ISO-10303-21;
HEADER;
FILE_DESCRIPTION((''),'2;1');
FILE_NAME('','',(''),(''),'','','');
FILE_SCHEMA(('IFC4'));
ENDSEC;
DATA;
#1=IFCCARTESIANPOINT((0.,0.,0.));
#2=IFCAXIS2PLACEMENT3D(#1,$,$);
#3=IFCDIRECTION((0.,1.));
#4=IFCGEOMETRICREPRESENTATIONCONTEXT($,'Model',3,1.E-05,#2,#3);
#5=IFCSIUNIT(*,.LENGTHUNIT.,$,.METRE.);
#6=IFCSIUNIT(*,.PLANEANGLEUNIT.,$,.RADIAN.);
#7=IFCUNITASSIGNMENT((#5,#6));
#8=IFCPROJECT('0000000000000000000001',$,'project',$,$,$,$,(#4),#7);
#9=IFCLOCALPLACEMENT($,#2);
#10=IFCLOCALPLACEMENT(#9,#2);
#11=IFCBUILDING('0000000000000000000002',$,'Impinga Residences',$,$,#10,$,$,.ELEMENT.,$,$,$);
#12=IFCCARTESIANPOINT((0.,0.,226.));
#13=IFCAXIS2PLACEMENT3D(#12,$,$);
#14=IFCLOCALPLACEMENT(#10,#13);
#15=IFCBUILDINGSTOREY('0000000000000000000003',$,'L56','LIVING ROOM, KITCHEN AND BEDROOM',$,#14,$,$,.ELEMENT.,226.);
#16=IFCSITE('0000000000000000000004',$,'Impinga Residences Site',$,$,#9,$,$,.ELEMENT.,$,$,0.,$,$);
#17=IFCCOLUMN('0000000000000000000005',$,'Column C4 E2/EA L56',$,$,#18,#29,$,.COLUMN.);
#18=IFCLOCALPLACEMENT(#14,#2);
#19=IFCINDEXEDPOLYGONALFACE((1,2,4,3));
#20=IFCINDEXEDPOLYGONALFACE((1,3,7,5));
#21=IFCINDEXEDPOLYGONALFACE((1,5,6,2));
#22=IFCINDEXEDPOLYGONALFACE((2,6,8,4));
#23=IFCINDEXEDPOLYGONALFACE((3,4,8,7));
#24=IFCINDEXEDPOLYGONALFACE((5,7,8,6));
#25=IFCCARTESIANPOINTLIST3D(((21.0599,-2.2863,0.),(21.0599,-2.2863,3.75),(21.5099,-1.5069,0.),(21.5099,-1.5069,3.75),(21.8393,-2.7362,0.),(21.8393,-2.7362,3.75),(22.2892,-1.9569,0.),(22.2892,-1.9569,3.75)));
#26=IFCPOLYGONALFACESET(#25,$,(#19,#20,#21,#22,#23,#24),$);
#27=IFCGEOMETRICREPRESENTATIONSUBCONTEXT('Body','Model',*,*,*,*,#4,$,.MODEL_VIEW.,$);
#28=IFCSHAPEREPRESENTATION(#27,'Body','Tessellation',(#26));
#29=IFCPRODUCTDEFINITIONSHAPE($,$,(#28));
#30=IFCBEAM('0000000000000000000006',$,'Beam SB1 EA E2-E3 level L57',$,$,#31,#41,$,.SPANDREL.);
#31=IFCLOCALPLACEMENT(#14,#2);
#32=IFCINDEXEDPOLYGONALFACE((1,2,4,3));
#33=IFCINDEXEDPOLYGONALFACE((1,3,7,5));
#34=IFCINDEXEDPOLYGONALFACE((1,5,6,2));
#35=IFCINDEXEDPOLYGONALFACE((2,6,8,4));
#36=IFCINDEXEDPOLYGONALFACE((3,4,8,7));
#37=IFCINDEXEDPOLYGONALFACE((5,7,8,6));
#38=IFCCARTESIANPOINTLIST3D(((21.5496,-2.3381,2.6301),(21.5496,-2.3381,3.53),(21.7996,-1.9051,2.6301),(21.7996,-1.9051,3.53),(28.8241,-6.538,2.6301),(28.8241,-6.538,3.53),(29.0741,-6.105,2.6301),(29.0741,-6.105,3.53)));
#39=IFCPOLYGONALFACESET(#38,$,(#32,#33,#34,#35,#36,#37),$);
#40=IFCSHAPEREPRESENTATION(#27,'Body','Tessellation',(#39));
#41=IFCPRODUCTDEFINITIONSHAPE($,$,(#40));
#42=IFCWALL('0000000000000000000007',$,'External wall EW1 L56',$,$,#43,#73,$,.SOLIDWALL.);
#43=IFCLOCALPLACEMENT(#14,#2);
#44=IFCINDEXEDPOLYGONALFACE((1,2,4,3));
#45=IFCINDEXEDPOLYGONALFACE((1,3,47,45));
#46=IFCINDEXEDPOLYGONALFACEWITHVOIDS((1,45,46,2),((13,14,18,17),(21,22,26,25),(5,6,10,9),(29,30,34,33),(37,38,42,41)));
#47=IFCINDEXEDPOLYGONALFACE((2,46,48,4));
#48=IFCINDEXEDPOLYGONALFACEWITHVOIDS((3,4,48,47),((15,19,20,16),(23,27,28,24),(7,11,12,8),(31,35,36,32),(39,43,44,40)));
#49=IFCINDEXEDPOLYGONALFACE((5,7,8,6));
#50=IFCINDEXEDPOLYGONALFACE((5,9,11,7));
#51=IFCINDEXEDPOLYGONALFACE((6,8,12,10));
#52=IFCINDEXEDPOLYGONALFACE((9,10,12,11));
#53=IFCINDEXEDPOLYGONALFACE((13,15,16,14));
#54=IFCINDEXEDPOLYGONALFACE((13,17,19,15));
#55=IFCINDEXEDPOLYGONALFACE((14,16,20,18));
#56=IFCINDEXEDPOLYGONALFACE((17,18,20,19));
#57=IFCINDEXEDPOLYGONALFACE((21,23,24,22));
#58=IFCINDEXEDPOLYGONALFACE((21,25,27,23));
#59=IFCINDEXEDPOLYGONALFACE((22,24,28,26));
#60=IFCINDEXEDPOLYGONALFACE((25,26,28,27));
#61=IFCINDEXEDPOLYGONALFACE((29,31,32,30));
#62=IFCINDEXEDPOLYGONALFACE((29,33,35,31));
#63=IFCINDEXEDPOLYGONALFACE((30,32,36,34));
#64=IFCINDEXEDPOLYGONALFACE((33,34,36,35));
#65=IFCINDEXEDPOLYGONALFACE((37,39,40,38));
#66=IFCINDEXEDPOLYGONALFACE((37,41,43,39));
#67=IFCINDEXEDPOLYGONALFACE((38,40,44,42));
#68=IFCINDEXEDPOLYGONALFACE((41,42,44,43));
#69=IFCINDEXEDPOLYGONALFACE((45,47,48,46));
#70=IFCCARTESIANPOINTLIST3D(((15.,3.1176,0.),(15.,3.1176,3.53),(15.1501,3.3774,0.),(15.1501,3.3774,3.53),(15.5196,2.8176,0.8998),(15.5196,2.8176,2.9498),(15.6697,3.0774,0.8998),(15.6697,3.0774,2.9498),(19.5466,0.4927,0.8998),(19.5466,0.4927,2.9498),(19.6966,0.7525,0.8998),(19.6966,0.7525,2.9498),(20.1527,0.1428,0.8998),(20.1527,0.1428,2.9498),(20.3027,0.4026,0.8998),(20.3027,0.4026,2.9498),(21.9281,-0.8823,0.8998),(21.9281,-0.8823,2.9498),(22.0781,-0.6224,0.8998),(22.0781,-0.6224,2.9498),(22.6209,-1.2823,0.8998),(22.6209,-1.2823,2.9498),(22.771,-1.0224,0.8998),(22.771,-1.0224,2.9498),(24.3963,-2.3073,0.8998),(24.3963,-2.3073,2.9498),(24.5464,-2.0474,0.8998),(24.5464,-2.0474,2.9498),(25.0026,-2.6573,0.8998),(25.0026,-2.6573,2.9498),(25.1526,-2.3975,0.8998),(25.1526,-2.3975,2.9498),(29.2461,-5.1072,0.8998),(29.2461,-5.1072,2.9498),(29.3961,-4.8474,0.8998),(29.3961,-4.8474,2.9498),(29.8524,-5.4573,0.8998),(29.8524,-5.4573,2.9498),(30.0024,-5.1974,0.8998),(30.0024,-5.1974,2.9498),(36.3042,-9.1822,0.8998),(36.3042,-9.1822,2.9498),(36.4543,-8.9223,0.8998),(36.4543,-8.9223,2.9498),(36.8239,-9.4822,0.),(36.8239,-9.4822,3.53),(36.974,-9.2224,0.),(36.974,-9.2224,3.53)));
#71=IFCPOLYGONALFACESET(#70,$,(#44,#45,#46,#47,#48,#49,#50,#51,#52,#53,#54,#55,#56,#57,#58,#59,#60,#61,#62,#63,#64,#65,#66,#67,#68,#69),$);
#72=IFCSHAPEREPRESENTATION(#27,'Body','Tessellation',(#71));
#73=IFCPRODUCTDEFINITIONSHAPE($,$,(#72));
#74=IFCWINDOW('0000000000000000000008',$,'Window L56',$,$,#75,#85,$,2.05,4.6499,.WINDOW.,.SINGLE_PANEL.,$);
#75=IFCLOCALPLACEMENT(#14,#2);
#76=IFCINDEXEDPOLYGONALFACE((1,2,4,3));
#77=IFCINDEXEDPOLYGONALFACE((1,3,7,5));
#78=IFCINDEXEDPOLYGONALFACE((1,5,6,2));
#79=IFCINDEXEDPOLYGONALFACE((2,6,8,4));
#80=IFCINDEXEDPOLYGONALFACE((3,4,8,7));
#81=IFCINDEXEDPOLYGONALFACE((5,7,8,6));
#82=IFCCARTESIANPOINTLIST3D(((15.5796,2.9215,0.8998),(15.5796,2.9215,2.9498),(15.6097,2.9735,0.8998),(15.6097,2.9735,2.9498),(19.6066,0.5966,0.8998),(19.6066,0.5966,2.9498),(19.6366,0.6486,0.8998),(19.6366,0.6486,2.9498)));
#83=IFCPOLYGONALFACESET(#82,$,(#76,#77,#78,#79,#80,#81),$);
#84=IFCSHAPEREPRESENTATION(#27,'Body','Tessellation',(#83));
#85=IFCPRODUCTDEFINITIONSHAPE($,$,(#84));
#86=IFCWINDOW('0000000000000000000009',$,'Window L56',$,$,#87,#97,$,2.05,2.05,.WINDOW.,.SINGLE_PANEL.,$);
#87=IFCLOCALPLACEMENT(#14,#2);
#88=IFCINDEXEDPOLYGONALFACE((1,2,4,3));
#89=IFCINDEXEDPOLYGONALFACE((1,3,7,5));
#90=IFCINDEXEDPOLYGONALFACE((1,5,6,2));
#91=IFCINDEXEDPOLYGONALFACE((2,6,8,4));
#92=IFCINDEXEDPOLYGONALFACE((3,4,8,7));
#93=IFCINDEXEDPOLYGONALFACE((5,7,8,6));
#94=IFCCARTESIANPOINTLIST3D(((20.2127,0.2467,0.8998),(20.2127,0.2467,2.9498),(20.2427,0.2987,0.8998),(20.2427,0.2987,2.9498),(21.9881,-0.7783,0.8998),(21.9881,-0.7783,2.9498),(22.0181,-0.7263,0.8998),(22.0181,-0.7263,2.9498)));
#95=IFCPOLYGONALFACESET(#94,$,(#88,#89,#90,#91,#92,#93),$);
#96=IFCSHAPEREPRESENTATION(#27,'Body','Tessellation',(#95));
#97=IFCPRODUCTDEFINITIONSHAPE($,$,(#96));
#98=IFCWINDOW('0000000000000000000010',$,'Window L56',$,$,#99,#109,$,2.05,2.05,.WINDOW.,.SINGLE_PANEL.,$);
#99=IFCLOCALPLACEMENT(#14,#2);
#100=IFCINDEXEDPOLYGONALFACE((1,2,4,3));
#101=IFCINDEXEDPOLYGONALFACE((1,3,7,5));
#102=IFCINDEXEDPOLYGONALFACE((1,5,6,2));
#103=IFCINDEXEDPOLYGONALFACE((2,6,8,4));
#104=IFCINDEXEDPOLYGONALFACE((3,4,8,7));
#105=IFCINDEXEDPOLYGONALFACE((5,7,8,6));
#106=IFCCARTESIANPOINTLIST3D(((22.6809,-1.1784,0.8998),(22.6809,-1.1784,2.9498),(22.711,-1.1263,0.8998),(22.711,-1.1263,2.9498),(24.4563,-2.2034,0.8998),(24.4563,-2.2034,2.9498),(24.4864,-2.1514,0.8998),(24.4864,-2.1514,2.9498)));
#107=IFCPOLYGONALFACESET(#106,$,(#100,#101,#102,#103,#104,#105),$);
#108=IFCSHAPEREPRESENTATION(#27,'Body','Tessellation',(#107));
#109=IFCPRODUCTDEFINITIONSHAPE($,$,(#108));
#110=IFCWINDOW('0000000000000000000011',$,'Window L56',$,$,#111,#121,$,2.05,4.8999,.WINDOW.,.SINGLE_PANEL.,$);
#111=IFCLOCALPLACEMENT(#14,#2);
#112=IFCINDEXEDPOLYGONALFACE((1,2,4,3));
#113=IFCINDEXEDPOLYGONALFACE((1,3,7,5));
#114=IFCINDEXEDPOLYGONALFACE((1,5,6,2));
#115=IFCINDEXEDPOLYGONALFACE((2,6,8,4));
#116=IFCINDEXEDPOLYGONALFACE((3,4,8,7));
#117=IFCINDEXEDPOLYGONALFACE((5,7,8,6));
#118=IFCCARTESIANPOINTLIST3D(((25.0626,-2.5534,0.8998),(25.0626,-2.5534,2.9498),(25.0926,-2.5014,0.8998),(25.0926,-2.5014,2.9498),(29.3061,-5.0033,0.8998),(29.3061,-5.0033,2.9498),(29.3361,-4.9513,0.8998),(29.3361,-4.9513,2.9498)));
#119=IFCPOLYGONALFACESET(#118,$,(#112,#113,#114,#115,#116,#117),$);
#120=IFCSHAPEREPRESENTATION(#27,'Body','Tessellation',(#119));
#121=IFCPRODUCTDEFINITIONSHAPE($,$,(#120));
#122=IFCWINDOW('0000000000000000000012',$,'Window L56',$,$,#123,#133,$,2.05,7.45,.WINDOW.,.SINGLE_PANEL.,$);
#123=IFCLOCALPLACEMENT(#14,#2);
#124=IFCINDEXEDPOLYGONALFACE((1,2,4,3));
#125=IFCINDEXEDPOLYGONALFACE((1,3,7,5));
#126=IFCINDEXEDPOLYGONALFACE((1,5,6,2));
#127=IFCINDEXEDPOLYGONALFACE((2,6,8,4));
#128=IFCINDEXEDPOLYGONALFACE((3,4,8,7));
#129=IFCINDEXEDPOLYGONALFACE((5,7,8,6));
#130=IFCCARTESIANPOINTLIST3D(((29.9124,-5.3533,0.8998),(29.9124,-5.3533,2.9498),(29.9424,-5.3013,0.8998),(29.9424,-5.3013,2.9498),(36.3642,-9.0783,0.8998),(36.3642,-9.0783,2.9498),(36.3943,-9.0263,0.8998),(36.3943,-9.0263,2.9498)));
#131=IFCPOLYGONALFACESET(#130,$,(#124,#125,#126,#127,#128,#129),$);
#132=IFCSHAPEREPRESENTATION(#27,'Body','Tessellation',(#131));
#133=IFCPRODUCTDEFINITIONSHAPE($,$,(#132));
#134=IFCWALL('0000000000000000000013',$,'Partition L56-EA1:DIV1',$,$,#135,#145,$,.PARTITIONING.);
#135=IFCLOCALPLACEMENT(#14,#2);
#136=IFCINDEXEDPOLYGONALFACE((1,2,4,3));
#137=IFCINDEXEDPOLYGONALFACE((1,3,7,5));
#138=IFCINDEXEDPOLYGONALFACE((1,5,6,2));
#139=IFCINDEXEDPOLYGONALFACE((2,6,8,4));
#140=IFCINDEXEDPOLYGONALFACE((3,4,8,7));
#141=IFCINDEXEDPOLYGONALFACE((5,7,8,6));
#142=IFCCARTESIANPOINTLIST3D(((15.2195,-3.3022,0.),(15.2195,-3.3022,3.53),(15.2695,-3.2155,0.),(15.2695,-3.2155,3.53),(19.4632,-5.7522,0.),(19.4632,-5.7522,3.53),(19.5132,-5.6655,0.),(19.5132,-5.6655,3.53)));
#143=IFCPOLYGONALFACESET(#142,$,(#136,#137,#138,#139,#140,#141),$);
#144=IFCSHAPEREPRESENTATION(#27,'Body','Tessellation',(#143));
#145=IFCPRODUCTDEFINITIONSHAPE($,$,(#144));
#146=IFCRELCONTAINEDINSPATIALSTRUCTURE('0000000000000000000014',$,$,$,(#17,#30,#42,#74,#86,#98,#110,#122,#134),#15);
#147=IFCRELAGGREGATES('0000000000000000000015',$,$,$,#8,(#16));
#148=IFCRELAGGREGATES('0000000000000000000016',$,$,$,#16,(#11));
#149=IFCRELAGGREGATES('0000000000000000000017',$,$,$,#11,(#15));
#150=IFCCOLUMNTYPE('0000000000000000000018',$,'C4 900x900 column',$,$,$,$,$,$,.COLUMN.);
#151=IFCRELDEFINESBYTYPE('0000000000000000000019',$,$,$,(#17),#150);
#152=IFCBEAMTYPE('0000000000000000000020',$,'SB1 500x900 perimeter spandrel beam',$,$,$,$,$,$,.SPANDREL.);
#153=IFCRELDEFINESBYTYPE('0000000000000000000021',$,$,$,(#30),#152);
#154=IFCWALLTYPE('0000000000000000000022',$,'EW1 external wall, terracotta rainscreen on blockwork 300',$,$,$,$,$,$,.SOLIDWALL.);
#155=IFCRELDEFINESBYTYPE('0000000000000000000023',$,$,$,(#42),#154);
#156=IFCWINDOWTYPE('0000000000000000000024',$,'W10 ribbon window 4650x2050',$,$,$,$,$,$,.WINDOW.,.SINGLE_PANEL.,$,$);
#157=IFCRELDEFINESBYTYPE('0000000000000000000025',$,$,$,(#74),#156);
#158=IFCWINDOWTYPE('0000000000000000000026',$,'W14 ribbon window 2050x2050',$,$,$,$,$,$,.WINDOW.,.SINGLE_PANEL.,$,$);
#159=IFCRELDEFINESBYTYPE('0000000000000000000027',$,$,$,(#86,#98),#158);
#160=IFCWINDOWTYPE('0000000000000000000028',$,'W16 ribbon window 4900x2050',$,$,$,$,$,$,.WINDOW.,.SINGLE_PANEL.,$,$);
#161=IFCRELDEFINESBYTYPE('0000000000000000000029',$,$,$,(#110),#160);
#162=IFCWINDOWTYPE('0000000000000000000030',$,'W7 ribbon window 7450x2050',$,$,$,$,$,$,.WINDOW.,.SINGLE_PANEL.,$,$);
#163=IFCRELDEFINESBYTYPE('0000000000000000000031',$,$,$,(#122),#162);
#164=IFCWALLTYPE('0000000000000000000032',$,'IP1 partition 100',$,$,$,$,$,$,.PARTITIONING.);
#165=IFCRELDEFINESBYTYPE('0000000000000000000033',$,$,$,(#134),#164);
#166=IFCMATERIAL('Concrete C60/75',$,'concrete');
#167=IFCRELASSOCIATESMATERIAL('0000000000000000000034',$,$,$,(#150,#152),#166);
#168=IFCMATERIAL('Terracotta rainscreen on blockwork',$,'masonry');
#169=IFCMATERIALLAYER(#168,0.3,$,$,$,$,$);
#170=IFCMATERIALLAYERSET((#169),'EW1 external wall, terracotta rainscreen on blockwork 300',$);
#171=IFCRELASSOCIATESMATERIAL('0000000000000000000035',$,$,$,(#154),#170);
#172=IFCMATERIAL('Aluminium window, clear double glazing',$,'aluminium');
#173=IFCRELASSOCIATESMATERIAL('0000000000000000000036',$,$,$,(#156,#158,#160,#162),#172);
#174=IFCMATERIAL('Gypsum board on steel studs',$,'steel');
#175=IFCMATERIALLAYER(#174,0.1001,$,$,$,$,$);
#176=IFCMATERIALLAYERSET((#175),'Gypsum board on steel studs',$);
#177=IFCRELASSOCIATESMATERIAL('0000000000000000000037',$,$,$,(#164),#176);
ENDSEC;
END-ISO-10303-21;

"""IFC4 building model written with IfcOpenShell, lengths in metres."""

from ifc_helpers import new_model, si_unit, direction, frame, frame_2d, origin, origin_2d, place, context, subcontext, project, spatial, rectangle, extrude, material, layer, layer_set, material_profile, profile_set, type_object, element, fill, save


model = new_model("IFC4")

# Units and contexts
model_context = context("Model", 3, precision=1e-05, world=origin(), true_north=direction((0.0, 1.0)))
body_context = subcontext(model_context, "Body", "Model", "MODEL_VIEW")
ifc_project = project(units=[si_unit("LENGTHUNIT", "METRE"), si_unit("PLANEANGLEUNIT", "RADIAN")], contexts=[model_context])

# Site, building, storey
site_placement = place(None, origin())
site = spatial("IfcSite", under=ifc_project, at=site_placement, Name="Impinga Residences Site", CompositionType="ELEMENT", RefElevation=0.0)
building_placement = place(site_placement, origin())
building = spatial("IfcBuilding", under=site, at=building_placement, Name="Impinga Residences", CompositionType="ELEMENT")
storey_placement = place(building_placement, frame((0.0, 0.0, 226.0)))
storey = spatial("IfcBuildingStorey", under=building, at=storey_placement, Name="L56", Description="LIVING ROOM, KITCHEN AND BEDROOM", CompositionType="ELEMENT", Elevation=226.0)

# Column
ifc_material_1 = material(Name="Concrete C60/75", Category="concrete")
ifc_material_profile_1 = material_profile(ifc_material_1, rectangle(XDim=0.8999, YDim=0.8999, at=origin_2d()), Name="RC 900x900")
ifc_profile_set_1 = profile_set([ifc_material_profile_1], Name="Concrete C60/75")
column_type = type_object("IfcColumnType", Name="C4 900x900 column", PredefinedType="COLUMN", material=ifc_profile_set_1)
column_placement = place(storey_placement, frame((21.6746, -2.1216, 0.0), z_axis=(0.0, 0.0, 1.0), x_axis=(-0.5, -0.866025, 0.0)))
element("IfcColumn", 1, at=column_placement, inside=storey, type_object=column_type, Name="Column C4 E2/EA L56", PredefinedType="COLUMN", context=body_context, shape_type="SweptSolid", body=[
    extrude(rectangle(XDim=0.8999, YDim=0.8999, at=origin_2d()), origin(), (0.0, 0.0, 1.0), 3.75),
])

# Beam
ifc_material_profile_2 = material_profile(ifc_material_1, rectangle(XDim=0.5, YDim=0.8999, at=origin_2d()), Name="RC 500x900")
ifc_profile_set_2 = profile_set([ifc_material_profile_2], Name="Concrete C60/75")
beam_type = type_object("IfcBeamType", Name="SB1 500x900 perimeter spandrel beam", PredefinedType="SPANDREL", material=ifc_profile_set_2)
beam_placement = place(storey_placement, frame((21.6746, -2.1216, 3.0801), z_axis=(0.866029, -0.499993, 0.0), x_axis=(0.499993, 0.866029, 0.0)))
element("IfcBeam", 2, at=beam_placement, inside=storey, type_object=beam_type, Name="Beam SB1 EA E2-E3 level L57", PredefinedType="SPANDREL", context=body_context, shape_type="SweptSolid", body=[
    extrude(rectangle(XDim=0.5, YDim=0.8999, at=origin_2d()), origin(), (0.0, 0.0, 1.0), 8.3999),
])

# Wall, openings, windows
ifc_material_2 = material(Name="Terracotta rainscreen on blockwork", Category="masonry")
ifc_layer_1 = layer(ifc_material_2, 0.3)
ifc_layer_set_1 = layer_set([ifc_layer_1], Name="EW1 external wall, terracotta rainscreen on blockwork 300")
wall_type_1 = type_object("IfcWallType", Name="EW1 external wall, terracotta rainscreen on blockwork 300", PredefinedType="SOLIDWALL", material=ifc_layer_set_1)
wall_1_placement = place(storey_placement, frame((15.075, 3.2476, 0.0), z_axis=(0.0, 0.0, 1.0), x_axis=(0.866029, -0.499993, 0.0)))
wall_1 = element("IfcWall", 3, at=wall_1_placement, inside=storey, type_object=wall_type_1, Name="External wall EW1 L56", PredefinedType="SOLIDWALL", context=body_context, shape_type="SweptSolid", body=[
    extrude(rectangle(XDim=25.2, YDim=0.3, at=frame_2d((12.6001, 0.0))), origin(), (0.0, 0.0, 1.0), 3.53),
])
opening_1_placement = place(wall_1_placement, frame((0.6001, 0.0, 0.8999)))
opening_1 = element("IfcOpeningElement", 4, at=opening_1_placement, cuts=wall_1, PredefinedType="OPENING", context=body_context, shape_type="SweptSolid", body=[
    extrude(rectangle(XDim=4.6499, YDim=2.05, at=frame_2d((2.325, 1.0249))), frame((0.0, 0.1599, 0.0), z_axis=(0.0, -1.0, 0.0), x_axis=(1.0, 0.0, 0.0)), (0.0, 0.0, 1.0), 0.3201),
])
opening_2_placement = place(wall_1_placement, frame((5.95, 0.0, 0.8999)))
opening_2 = element("IfcOpeningElement", 5, at=opening_2_placement, cuts=wall_1, PredefinedType="OPENING", context=body_context, shape_type="SweptSolid", body=[
    extrude(rectangle(XDim=2.05, YDim=2.05, at=frame_2d((1.0249, 1.0249))), frame((0.0, 0.1599, 0.0), z_axis=(0.0, -1.0, 0.0), x_axis=(1.0, 0.0, 0.0)), (0.0, 0.0, 1.0), 0.3201),
])
opening_3_placement = place(wall_1_placement, frame((8.8, 0.0, 0.8999)))
opening_3 = element("IfcOpeningElement", 6, at=opening_3_placement, cuts=wall_1, PredefinedType="OPENING", context=body_context, shape_type="SweptSolid", body=[
    extrude(rectangle(XDim=2.05, YDim=2.05, at=frame_2d((1.0249, 1.0249))), frame((0.0, 0.1599, 0.0), z_axis=(0.0, -1.0, 0.0), x_axis=(1.0, 0.0, 0.0)), (0.0, 0.0, 1.0), 0.3201),
])
opening_4_placement = place(wall_1_placement, frame((11.55, 0.0, 0.8999)))
opening_4 = element("IfcOpeningElement", 7, at=opening_4_placement, cuts=wall_1, PredefinedType="OPENING", context=body_context, shape_type="SweptSolid", body=[
    extrude(rectangle(XDim=4.8999, YDim=2.05, at=frame_2d((2.45, 1.0249))), frame((0.0, 0.1599, 0.0), z_axis=(0.0, -1.0, 0.0), x_axis=(1.0, 0.0, 0.0)), (0.0, 0.0, 1.0), 0.3201),
])
opening_5_placement = place(wall_1_placement, frame((17.1499, 0.0, 0.8999)))
opening_5 = element("IfcOpeningElement", 8, at=opening_5_placement, cuts=wall_1, PredefinedType="OPENING", context=body_context, shape_type="SweptSolid", body=[
    extrude(rectangle(XDim=7.45, YDim=2.05, at=frame_2d((3.7251, 1.0249))), frame((0.0, 0.1599, 0.0), z_axis=(0.0, -1.0, 0.0), x_axis=(1.0, 0.0, 0.0)), (0.0, 0.0, 1.0), 0.3201),
])
ifc_material_3 = material(Name="Aluminium window, clear double glazing", Category="aluminium")
window_type_1 = type_object("IfcWindowType", Name="W10 ribbon window 4650x2050", PartitioningType="SINGLE_PANEL", PredefinedType="WINDOW", material=ifc_material_3)
window_1_placement = place(opening_1_placement, origin())
window_1 = element("IfcWindow", 9, at=window_1_placement, inside=storey, type_object=window_type_1, Name="Window L56", OverallHeight=2.05, OverallWidth=4.6499, PartitioningType="SINGLE_PANEL", PredefinedType="WINDOW", context=body_context, shape_type="SweptSolid", body=[
    extrude(rectangle(XDim=4.6499, YDim=2.05, at=frame_2d((2.325, 1.0249))), frame((0.0, 0.03, 0.0), z_axis=(0.0, -1.0, 0.0), x_axis=(1.0, 0.0, 0.0)), (0.0, 0.0, 1.0), 0.0601),
])
fill(opening_1, window_1)
window_type_2 = type_object("IfcWindowType", Name="W14 ribbon window 2050x2050", PartitioningType="SINGLE_PANEL", PredefinedType="WINDOW", material=ifc_material_3)
window_2_placement = place(opening_2_placement, origin())
window_2 = element("IfcWindow", 10, at=window_2_placement, inside=storey, type_object=window_type_2, Name="Window L56", OverallHeight=2.05, OverallWidth=2.05, PartitioningType="SINGLE_PANEL", PredefinedType="WINDOW", context=body_context, shape_type="SweptSolid", body=[
    extrude(rectangle(XDim=2.05, YDim=2.05, at=frame_2d((1.0249, 1.0249))), frame((0.0, 0.03, 0.0), z_axis=(0.0, -1.0, 0.0), x_axis=(1.0, 0.0, 0.0)), (0.0, 0.0, 1.0), 0.0601),
])
fill(opening_2, window_2)
window_3_placement = place(opening_3_placement, origin())
window_3 = element("IfcWindow", 11, at=window_3_placement, inside=storey, type_object=window_type_2, Name="Window L56", OverallHeight=2.05, OverallWidth=2.05, PartitioningType="SINGLE_PANEL", PredefinedType="WINDOW", context=body_context, shape_type="SweptSolid", body=[
    extrude(rectangle(XDim=2.05, YDim=2.05, at=frame_2d((1.0249, 1.0249))), frame((0.0, 0.03, 0.0), z_axis=(0.0, -1.0, 0.0), x_axis=(1.0, 0.0, 0.0)), (0.0, 0.0, 1.0), 0.0601),
])
fill(opening_3, window_3)
window_type_3 = type_object("IfcWindowType", Name="W16 ribbon window 4900x2050", PartitioningType="SINGLE_PANEL", PredefinedType="WINDOW", material=ifc_material_3)
window_4_placement = place(opening_4_placement, origin())
window_4 = element("IfcWindow", 12, at=window_4_placement, inside=storey, type_object=window_type_3, Name="Window L56", OverallHeight=2.05, OverallWidth=4.8999, PartitioningType="SINGLE_PANEL", PredefinedType="WINDOW", context=body_context, shape_type="SweptSolid", body=[
    extrude(rectangle(XDim=4.8999, YDim=2.05, at=frame_2d((2.45, 1.0249))), frame((0.0, 0.03, 0.0), z_axis=(0.0, -1.0, 0.0), x_axis=(1.0, 0.0, 0.0)), (0.0, 0.0, 1.0), 0.0601),
])
fill(opening_4, window_4)
window_type_4 = type_object("IfcWindowType", Name="W7 ribbon window 7450x2050", PartitioningType="SINGLE_PANEL", PredefinedType="WINDOW", material=ifc_material_3)
window_5_placement = place(opening_5_placement, origin())
window_5 = element("IfcWindow", 13, at=window_5_placement, inside=storey, type_object=window_type_4, Name="Window L56", OverallHeight=2.05, OverallWidth=7.45, PartitioningType="SINGLE_PANEL", PredefinedType="WINDOW", context=body_context, shape_type="SweptSolid", body=[
    extrude(rectangle(XDim=7.45, YDim=2.05, at=frame_2d((3.7251, 1.0249))), frame((0.0, 0.03, 0.0), z_axis=(0.0, -1.0, 0.0), x_axis=(1.0, 0.0, 0.0)), (0.0, 0.0, 1.0), 0.0601),
])
fill(opening_5, window_5)

# Wall
ifc_material_4 = material(Name="Gypsum board on steel studs", Category="steel")
ifc_layer_2 = layer(ifc_material_4, 0.1001)
ifc_layer_set_2 = layer_set([ifc_layer_2], Name="Gypsum board on steel studs")
wall_type_2 = type_object("IfcWallType", Name="IP1 partition 100", PredefinedType="PARTITIONING", material=ifc_layer_set_2)
wall_2_placement = place(storey_placement, frame((15.2444, -3.2588, 0.0), z_axis=(0.0, 0.0, 1.0), x_axis=(0.866036, -0.499981, 0.0)))
element("IfcWall", 14, at=wall_2_placement, inside=storey, type_object=wall_type_2, Name="Partition L56-EA1:DIV1", PredefinedType="PARTITIONING", context=body_context, shape_type="SweptSolid", body=[
    extrude(rectangle(XDim=4.9001, YDim=0.1001, at=frame_2d((2.4502, 0.0))), origin(), (0.0, 0.0, 1.0), 3.53),
])

save(model, "model.ifc")
